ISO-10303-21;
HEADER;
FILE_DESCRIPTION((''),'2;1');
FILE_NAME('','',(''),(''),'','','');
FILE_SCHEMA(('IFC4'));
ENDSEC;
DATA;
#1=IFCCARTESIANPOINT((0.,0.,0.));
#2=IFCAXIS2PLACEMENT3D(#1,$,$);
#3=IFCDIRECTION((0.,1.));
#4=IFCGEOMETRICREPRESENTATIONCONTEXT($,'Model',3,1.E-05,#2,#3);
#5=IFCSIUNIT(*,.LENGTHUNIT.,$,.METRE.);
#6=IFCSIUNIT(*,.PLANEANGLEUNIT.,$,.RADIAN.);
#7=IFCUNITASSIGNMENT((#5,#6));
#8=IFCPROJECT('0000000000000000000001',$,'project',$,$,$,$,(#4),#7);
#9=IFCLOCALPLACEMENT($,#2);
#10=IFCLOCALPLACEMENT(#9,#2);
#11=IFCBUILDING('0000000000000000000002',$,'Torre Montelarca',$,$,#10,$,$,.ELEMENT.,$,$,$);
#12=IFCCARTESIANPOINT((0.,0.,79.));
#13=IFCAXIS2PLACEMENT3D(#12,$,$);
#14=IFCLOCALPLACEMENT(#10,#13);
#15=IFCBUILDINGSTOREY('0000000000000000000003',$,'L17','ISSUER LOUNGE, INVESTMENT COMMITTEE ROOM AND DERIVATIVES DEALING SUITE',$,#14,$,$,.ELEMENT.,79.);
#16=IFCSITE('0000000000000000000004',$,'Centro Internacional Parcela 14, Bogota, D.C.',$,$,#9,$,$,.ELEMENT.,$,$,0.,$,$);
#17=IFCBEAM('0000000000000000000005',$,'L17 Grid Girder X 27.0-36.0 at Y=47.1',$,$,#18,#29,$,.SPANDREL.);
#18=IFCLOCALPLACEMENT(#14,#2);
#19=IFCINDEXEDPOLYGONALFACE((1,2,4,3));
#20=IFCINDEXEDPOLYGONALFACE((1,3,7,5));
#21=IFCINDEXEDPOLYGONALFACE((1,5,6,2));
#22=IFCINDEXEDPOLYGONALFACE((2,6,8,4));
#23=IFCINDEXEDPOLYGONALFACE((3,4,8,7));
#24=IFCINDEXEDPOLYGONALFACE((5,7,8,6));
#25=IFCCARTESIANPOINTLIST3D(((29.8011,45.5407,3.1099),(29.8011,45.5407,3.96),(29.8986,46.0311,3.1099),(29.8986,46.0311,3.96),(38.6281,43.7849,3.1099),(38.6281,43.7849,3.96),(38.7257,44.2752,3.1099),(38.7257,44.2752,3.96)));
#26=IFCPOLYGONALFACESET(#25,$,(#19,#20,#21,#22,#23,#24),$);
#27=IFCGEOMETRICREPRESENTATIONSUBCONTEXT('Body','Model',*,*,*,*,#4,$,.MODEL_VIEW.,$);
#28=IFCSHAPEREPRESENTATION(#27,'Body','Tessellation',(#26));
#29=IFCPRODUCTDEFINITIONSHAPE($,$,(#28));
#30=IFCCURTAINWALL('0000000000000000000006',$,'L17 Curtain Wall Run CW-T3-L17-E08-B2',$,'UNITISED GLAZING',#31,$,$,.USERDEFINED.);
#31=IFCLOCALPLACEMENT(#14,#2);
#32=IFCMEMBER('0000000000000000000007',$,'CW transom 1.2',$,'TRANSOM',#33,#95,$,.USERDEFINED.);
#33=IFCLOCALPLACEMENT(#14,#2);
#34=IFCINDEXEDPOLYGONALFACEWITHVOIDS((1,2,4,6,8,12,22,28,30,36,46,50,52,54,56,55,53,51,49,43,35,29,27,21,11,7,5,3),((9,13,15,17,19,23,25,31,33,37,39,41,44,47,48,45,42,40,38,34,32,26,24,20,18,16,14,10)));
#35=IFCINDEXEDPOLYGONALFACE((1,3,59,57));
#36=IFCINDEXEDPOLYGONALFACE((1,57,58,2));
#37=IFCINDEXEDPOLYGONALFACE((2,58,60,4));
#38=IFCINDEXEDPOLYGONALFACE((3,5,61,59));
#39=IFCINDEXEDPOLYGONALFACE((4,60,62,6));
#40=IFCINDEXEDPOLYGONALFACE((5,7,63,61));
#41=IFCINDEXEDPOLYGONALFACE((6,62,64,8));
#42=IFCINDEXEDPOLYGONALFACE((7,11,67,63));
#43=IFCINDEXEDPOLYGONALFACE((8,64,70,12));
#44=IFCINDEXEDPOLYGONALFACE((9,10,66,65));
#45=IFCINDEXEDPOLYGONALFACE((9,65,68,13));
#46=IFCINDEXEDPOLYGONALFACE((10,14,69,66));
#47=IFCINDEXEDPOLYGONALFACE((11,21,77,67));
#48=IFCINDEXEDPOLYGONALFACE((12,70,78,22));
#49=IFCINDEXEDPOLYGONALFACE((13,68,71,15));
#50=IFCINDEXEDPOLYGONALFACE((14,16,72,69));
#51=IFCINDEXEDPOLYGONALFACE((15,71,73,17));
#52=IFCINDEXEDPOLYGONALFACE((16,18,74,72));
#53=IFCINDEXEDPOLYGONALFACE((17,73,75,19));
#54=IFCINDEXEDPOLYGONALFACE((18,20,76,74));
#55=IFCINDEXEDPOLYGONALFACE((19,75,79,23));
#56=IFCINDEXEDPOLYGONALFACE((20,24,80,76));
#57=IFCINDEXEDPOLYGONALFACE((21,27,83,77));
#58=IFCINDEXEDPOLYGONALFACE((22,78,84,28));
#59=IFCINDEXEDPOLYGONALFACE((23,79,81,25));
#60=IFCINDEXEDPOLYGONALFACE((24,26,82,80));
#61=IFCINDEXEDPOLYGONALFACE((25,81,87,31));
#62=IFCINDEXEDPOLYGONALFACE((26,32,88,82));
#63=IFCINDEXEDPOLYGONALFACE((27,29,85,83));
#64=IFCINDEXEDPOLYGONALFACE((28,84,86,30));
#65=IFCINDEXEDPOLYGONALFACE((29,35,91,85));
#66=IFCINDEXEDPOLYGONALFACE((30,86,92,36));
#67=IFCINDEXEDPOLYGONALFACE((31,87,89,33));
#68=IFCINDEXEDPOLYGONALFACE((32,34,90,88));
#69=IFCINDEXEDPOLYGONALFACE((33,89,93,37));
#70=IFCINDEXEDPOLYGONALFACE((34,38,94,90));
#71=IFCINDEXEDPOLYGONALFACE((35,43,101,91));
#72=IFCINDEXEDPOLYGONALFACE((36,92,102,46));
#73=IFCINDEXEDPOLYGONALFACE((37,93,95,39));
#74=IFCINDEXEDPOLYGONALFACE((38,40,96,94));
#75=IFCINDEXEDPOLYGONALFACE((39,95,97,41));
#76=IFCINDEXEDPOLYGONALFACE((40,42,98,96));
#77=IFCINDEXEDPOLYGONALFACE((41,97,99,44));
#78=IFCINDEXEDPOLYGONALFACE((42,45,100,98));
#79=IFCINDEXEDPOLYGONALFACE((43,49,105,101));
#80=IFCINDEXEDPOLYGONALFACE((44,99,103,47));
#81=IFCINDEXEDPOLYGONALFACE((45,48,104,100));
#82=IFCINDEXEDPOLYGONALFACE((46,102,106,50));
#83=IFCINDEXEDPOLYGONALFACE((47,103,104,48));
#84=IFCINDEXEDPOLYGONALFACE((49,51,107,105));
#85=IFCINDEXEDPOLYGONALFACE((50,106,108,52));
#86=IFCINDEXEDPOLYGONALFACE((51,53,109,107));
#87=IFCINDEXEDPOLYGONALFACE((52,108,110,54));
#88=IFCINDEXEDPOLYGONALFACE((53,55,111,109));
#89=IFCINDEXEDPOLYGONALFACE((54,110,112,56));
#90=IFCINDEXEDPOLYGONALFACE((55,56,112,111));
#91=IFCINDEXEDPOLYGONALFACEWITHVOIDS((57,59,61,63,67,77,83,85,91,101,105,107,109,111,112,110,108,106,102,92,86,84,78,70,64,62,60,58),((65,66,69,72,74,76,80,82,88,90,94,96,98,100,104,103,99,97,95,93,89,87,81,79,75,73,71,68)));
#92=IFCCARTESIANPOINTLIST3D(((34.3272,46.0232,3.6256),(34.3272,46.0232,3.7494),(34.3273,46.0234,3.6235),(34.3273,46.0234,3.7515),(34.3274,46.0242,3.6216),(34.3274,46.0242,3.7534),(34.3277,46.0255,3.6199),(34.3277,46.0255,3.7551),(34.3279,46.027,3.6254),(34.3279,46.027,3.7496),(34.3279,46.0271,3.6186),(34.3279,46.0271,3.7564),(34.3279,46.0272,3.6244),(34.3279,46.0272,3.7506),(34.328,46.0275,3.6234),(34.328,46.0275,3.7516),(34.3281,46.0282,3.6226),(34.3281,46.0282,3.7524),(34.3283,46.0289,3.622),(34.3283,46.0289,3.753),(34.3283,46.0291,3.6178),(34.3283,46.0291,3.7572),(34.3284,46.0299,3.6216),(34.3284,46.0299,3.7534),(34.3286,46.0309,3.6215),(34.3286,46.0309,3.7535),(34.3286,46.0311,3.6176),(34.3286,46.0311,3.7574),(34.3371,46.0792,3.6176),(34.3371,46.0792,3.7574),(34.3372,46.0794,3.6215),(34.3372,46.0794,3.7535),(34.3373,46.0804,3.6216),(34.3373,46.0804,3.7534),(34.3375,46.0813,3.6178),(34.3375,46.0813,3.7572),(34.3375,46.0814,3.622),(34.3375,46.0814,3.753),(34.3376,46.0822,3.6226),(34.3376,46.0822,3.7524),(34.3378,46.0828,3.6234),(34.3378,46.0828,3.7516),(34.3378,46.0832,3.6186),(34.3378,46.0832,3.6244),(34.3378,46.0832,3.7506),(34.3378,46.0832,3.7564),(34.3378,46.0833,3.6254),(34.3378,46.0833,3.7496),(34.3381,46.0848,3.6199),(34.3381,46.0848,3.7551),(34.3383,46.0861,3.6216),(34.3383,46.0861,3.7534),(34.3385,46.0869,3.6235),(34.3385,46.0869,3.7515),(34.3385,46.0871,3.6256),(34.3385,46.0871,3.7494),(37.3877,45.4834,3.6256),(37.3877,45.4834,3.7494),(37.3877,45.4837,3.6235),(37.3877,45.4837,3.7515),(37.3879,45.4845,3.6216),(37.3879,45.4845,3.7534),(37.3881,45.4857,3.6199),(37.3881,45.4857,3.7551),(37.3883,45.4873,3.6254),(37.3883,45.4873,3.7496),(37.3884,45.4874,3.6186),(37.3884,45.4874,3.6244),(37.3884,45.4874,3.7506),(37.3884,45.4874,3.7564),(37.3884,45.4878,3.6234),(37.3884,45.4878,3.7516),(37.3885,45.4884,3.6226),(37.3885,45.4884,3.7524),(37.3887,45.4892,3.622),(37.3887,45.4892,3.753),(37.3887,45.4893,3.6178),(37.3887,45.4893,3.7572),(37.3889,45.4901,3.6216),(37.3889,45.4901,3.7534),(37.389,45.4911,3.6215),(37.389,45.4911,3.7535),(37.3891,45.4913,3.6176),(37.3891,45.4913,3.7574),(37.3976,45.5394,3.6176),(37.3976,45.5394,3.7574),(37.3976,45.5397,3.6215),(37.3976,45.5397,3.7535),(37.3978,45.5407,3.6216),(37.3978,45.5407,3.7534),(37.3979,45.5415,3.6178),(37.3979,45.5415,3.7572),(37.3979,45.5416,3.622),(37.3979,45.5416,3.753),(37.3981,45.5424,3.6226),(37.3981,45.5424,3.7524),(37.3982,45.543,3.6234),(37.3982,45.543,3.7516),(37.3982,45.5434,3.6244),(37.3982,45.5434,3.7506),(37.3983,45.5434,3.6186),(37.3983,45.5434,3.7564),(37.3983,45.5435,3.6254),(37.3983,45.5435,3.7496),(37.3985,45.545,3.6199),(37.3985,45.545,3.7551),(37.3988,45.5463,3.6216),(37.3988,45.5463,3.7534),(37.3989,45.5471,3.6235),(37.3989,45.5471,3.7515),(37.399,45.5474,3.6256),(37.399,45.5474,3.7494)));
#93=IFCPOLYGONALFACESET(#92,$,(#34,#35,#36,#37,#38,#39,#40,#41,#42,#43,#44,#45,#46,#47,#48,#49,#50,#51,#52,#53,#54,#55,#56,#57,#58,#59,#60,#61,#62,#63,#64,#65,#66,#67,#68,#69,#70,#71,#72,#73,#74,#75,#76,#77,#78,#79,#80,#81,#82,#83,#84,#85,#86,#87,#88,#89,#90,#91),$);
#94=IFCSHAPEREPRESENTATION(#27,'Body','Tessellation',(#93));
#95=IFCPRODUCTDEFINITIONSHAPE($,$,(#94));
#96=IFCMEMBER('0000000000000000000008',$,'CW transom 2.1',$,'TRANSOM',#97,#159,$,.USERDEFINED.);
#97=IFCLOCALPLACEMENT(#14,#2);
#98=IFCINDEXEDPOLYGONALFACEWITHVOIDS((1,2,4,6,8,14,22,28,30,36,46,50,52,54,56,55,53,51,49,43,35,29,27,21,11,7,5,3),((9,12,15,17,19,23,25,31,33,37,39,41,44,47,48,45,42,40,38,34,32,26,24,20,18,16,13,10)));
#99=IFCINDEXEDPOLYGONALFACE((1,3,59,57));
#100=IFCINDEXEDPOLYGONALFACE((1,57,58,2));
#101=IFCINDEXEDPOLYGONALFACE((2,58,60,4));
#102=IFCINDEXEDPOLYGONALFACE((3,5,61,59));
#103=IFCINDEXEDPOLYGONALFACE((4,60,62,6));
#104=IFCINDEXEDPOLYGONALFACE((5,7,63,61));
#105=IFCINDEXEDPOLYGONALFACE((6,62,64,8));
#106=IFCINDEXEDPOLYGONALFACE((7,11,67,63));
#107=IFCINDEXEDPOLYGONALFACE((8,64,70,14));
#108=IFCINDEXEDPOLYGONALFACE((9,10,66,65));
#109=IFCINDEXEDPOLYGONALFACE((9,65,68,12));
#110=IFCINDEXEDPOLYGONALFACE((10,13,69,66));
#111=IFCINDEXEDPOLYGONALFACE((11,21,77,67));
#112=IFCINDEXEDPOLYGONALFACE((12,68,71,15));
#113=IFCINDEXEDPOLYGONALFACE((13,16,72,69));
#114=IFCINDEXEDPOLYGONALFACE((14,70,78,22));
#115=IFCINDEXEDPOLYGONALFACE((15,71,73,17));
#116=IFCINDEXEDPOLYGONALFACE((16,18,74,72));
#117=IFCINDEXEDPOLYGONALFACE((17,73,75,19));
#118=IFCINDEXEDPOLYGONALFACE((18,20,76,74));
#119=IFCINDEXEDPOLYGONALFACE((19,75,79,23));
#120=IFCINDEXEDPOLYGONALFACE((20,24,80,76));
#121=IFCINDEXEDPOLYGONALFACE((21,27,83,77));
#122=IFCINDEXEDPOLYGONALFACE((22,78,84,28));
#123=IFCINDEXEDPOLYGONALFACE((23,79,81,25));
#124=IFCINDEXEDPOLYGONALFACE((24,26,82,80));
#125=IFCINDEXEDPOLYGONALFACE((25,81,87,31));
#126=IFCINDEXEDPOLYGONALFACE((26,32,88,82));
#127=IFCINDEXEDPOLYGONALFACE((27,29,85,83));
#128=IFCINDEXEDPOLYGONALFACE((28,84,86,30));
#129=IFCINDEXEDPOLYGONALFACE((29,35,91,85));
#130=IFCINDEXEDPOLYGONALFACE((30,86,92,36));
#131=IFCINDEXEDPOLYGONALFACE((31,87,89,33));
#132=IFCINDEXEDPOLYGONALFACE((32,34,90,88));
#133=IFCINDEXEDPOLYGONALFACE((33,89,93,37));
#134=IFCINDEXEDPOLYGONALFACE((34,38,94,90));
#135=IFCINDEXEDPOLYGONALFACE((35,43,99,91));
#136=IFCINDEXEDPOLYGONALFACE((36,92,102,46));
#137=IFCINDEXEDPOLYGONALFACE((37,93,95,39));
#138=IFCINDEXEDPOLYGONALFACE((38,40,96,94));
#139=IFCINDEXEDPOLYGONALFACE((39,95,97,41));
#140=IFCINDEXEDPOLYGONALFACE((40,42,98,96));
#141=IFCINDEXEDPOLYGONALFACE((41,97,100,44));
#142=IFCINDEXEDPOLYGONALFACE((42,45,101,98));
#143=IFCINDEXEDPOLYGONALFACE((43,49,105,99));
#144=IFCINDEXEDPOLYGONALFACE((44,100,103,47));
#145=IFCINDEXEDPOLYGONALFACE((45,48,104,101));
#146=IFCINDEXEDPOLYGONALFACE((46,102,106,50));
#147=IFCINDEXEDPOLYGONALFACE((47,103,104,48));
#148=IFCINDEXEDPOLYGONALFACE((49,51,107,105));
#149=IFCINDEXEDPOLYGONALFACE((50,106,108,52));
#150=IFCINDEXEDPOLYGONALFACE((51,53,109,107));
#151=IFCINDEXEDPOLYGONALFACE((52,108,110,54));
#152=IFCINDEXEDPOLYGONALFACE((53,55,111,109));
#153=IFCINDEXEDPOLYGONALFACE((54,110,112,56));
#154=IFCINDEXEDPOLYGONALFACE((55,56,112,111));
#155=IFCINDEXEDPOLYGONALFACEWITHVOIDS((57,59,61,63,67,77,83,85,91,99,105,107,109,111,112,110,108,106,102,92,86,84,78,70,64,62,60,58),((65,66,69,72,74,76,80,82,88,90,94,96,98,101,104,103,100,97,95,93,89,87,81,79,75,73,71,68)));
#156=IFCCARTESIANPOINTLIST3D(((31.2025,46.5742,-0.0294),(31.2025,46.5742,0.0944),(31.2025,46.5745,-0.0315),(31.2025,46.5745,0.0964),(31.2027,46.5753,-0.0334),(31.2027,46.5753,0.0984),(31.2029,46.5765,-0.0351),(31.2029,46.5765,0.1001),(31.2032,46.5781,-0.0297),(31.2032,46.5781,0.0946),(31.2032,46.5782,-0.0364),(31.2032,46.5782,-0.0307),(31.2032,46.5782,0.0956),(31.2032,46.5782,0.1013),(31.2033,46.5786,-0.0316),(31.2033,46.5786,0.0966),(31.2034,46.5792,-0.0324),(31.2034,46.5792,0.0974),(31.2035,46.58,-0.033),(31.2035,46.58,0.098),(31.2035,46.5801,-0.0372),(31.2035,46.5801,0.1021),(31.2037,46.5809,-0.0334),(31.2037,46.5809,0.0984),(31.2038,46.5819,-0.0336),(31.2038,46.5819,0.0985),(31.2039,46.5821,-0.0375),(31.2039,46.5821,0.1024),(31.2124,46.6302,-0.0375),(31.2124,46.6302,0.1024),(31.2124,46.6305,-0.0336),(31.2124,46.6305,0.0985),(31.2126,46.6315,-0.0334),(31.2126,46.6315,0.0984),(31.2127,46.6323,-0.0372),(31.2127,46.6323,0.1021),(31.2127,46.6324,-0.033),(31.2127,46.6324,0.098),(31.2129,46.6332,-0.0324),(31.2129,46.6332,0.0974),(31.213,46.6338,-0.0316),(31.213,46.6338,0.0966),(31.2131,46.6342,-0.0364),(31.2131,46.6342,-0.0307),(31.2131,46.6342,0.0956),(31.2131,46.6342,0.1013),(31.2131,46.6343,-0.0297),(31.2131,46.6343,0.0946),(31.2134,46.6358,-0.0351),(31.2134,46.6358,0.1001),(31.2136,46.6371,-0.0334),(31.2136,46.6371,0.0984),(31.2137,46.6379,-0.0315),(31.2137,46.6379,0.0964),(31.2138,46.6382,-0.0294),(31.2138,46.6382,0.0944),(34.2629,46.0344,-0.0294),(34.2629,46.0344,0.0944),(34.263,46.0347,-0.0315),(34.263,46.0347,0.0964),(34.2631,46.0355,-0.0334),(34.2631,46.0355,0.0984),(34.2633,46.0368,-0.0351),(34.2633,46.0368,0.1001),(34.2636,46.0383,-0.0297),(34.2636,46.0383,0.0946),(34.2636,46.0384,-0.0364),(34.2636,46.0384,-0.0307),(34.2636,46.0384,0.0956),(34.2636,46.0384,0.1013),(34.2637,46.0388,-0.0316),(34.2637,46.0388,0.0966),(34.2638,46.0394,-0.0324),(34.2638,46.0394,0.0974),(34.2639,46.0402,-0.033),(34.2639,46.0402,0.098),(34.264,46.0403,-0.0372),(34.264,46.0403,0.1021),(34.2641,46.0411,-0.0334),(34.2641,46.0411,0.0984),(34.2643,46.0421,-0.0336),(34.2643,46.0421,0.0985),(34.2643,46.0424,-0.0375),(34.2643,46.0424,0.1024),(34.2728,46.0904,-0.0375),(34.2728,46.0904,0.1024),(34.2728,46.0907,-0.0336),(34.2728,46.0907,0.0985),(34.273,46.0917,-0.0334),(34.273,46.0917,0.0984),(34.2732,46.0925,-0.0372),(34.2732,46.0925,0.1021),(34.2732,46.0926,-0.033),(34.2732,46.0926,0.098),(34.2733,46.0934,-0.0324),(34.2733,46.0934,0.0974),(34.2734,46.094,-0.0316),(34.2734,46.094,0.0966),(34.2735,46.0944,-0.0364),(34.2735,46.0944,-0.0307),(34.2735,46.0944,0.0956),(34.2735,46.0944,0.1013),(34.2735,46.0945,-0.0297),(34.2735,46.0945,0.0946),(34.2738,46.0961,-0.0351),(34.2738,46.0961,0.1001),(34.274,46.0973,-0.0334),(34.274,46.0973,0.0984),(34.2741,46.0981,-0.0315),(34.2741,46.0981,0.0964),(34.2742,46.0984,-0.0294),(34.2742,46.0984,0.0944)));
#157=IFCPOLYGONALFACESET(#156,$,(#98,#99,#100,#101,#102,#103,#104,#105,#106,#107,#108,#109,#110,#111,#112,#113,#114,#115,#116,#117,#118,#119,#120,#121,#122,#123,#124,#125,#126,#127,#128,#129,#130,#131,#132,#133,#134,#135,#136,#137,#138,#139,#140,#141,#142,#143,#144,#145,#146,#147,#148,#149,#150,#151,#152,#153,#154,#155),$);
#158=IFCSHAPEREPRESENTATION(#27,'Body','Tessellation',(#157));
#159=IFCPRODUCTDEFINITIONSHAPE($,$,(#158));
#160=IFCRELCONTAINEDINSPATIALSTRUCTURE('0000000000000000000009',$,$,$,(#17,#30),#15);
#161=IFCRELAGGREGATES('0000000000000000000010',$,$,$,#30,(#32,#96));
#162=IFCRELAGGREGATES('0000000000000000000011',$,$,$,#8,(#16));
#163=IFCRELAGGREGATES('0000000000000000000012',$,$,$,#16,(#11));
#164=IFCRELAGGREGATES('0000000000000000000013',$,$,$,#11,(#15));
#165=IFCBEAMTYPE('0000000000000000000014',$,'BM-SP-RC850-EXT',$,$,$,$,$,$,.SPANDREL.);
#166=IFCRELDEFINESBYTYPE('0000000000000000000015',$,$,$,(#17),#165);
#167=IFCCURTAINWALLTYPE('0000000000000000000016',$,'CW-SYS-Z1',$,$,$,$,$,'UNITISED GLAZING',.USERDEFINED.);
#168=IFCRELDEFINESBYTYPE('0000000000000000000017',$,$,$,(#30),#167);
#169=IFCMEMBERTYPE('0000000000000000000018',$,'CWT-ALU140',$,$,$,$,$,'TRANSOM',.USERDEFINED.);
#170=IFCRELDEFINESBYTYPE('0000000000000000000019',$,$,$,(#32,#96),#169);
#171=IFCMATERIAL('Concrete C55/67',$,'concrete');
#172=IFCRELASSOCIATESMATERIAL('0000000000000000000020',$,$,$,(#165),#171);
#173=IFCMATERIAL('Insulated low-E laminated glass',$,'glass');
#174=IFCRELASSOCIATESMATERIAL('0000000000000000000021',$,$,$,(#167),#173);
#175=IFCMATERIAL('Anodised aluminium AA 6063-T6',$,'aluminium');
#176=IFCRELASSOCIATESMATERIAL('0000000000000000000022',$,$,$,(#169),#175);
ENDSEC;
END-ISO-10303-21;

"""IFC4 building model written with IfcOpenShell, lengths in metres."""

from ifc_helpers import new_model, si_unit, direction, frame, origin, origin_2d, place, context, subcontext, project, spatial, rectangle, hollow_rectangle, extrude, source, transform, mapped, material, material_profile, profile_set, type_object, element, aggregate, save


model = new_model("IFC4")

# Units and contexts
model_context = context("Model", 3, precision=1e-05, world=origin(), true_north=direction((0.0, 1.0)))
body_context = subcontext(model_context, "Body", "Model", "MODEL_VIEW")
ifc_project = project(units=[si_unit("LENGTHUNIT", "METRE"), si_unit("PLANEANGLEUNIT", "RADIAN")], contexts=[model_context])

# Site, building, storey
site_placement = place(None, origin())
site = spatial("IfcSite", under=ifc_project, at=site_placement, Name="Centro Internacional Parcela 14, Bogota, D.C.", CompositionType="ELEMENT", RefElevation=0.0)
building_placement = place(site_placement, origin())
building = spatial("IfcBuilding", under=site, at=building_placement, Name="Torre Montelarca", CompositionType="ELEMENT")
storey_placement = place(building_placement, frame((0.0, 0.0, 79.0)))
storey = spatial("IfcBuildingStorey", under=building, at=storey_placement, Name="L17", Description="ISSUER LOUNGE, INVESTMENT COMMITTEE ROOM AND DERIVATIVES DEALING SUITE", CompositionType="ELEMENT", Elevation=79.0)

# Beam
ifc_material_1 = material(Name="Concrete C55/67", Category="concrete")
ifc_material_profile_1 = material_profile(ifc_material_1, rectangle(XDim=0.5, YDim=0.8501, at=origin_2d()), Name="RCB500X850", Category="concrete")
ifc_profile_set_1 = profile_set([ifc_material_profile_1], Name="Concrete C55/67")
beam_type = type_object("IfcBeamType", Name="BM-SP-RC850-EXT", PredefinedType="SPANDREL", material=ifc_profile_set_1)
shared_shape_1 = source(origin(), body_context, "Body", "SweptSolid", [
    extrude(rectangle(XDim=0.5, YDim=0.8501, at=origin_2d()), origin(), (0.0, 0.0, 1.0), 9.0),
])
beam_placement = place(storey_placement, frame((29.8499, 45.7859, 3.5349), z_axis=(0.980785, -0.195094, 0.0), x_axis=(0.195094, 0.980785, 0.0)))
element("IfcBeam", 1, at=beam_placement, inside=storey, type_object=beam_type, Name="L17 Grid Girder X 27.0-36.0 at Y=47.1", PredefinedType="SPANDREL", context=body_context, shape_type="MappedRepresentation", body=[
    mapped(shared_shape_1, transform((0.0, 0.0, 0.0), scale=1.0)),
])

# Curtain wall, members
ifc_material_2 = material(Name="Insulated low-E laminated glass", Category="glass")
curtain_wall_type = type_object("IfcCurtainWallType", Name="CW-SYS-Z1", ElementType="UNITISED GLAZING", PredefinedType="USERDEFINED", material=ifc_material_2)
curtain_wall_1_placement = place(storey_placement, origin())
curtain_wall_1 = element("IfcCurtainWall", 2, at=curtain_wall_1_placement, inside=storey, type_object=curtain_wall_type, Name="L17 Curtain Wall Run CW-T3-L17-E08-B2", ObjectType="UNITISED GLAZING", PredefinedType="USERDEFINED")
ifc_material_3 = material(Name="Anodised aluminium AA 6063-T6", Category="aluminium")
ifc_material_profile_2 = material_profile(ifc_material_3, hollow_rectangle(XDim=0.0649, YDim=0.1399, WallThickness=0.0039, InnerFilletRadius=0.0039, OuterFilletRadius=0.0081, at=origin_2d()), Name="ALU65X140X4", Category="aluminium")
ifc_profile_set_2 = profile_set([ifc_material_profile_2], Name="Anodised aluminium AA 6063-T6")
member_type_1 = type_object("IfcMemberType", Name="CWT-ALU140", ElementType="TRANSOM", PredefinedType="USERDEFINED", material=ifc_profile_set_2)
shared_shape_2 = source(origin(), body_context, "Body", "SweptSolid", [
    extrude(hollow_rectangle(XDim=0.0649, YDim=0.1399, WallThickness=0.0039, InnerFilletRadius=0.0039, OuterFilletRadius=0.0081, at=origin_2d()), origin(), (0.0, 0.0, 1.0), 3.1077),
])
member_1_placement = place(storey_placement, frame((37.3933, 45.5154, 3.6875), z_axis=(-0.9848, 0.173691, 0.0), x_axis=(-0.173691, -0.9848, 0.0)))
member_1 = element("IfcMember", 3, at=member_1_placement, type_object=member_type_1, Name="CW transom 1.2", ObjectType="TRANSOM", PredefinedType="USERDEFINED", context=body_context, shape_type="MappedRepresentation", body=[
    mapped(shared_shape_2, transform((0.0, 0.0, 0.0), scale=1.0)),
])
member_2_placement = place(storey_placement, frame((34.2686, 46.0664, 0.0325), z_axis=(-0.9848, 0.173691, 0.0), x_axis=(-0.173691, -0.9848, 0.0)))
member_2 = element("IfcMember", 4, at=member_2_placement, type_object=member_type_1, Name="CW transom 2.1", ObjectType="TRANSOM", PredefinedType="USERDEFINED", context=body_context, shape_type="MappedRepresentation", body=[
    mapped(shared_shape_2, transform((0.0, 0.0, 0.0), scale=1.0)),
])

aggregate(curtain_wall_1, [member_1, member_2])

save(model, "model.ifc")
